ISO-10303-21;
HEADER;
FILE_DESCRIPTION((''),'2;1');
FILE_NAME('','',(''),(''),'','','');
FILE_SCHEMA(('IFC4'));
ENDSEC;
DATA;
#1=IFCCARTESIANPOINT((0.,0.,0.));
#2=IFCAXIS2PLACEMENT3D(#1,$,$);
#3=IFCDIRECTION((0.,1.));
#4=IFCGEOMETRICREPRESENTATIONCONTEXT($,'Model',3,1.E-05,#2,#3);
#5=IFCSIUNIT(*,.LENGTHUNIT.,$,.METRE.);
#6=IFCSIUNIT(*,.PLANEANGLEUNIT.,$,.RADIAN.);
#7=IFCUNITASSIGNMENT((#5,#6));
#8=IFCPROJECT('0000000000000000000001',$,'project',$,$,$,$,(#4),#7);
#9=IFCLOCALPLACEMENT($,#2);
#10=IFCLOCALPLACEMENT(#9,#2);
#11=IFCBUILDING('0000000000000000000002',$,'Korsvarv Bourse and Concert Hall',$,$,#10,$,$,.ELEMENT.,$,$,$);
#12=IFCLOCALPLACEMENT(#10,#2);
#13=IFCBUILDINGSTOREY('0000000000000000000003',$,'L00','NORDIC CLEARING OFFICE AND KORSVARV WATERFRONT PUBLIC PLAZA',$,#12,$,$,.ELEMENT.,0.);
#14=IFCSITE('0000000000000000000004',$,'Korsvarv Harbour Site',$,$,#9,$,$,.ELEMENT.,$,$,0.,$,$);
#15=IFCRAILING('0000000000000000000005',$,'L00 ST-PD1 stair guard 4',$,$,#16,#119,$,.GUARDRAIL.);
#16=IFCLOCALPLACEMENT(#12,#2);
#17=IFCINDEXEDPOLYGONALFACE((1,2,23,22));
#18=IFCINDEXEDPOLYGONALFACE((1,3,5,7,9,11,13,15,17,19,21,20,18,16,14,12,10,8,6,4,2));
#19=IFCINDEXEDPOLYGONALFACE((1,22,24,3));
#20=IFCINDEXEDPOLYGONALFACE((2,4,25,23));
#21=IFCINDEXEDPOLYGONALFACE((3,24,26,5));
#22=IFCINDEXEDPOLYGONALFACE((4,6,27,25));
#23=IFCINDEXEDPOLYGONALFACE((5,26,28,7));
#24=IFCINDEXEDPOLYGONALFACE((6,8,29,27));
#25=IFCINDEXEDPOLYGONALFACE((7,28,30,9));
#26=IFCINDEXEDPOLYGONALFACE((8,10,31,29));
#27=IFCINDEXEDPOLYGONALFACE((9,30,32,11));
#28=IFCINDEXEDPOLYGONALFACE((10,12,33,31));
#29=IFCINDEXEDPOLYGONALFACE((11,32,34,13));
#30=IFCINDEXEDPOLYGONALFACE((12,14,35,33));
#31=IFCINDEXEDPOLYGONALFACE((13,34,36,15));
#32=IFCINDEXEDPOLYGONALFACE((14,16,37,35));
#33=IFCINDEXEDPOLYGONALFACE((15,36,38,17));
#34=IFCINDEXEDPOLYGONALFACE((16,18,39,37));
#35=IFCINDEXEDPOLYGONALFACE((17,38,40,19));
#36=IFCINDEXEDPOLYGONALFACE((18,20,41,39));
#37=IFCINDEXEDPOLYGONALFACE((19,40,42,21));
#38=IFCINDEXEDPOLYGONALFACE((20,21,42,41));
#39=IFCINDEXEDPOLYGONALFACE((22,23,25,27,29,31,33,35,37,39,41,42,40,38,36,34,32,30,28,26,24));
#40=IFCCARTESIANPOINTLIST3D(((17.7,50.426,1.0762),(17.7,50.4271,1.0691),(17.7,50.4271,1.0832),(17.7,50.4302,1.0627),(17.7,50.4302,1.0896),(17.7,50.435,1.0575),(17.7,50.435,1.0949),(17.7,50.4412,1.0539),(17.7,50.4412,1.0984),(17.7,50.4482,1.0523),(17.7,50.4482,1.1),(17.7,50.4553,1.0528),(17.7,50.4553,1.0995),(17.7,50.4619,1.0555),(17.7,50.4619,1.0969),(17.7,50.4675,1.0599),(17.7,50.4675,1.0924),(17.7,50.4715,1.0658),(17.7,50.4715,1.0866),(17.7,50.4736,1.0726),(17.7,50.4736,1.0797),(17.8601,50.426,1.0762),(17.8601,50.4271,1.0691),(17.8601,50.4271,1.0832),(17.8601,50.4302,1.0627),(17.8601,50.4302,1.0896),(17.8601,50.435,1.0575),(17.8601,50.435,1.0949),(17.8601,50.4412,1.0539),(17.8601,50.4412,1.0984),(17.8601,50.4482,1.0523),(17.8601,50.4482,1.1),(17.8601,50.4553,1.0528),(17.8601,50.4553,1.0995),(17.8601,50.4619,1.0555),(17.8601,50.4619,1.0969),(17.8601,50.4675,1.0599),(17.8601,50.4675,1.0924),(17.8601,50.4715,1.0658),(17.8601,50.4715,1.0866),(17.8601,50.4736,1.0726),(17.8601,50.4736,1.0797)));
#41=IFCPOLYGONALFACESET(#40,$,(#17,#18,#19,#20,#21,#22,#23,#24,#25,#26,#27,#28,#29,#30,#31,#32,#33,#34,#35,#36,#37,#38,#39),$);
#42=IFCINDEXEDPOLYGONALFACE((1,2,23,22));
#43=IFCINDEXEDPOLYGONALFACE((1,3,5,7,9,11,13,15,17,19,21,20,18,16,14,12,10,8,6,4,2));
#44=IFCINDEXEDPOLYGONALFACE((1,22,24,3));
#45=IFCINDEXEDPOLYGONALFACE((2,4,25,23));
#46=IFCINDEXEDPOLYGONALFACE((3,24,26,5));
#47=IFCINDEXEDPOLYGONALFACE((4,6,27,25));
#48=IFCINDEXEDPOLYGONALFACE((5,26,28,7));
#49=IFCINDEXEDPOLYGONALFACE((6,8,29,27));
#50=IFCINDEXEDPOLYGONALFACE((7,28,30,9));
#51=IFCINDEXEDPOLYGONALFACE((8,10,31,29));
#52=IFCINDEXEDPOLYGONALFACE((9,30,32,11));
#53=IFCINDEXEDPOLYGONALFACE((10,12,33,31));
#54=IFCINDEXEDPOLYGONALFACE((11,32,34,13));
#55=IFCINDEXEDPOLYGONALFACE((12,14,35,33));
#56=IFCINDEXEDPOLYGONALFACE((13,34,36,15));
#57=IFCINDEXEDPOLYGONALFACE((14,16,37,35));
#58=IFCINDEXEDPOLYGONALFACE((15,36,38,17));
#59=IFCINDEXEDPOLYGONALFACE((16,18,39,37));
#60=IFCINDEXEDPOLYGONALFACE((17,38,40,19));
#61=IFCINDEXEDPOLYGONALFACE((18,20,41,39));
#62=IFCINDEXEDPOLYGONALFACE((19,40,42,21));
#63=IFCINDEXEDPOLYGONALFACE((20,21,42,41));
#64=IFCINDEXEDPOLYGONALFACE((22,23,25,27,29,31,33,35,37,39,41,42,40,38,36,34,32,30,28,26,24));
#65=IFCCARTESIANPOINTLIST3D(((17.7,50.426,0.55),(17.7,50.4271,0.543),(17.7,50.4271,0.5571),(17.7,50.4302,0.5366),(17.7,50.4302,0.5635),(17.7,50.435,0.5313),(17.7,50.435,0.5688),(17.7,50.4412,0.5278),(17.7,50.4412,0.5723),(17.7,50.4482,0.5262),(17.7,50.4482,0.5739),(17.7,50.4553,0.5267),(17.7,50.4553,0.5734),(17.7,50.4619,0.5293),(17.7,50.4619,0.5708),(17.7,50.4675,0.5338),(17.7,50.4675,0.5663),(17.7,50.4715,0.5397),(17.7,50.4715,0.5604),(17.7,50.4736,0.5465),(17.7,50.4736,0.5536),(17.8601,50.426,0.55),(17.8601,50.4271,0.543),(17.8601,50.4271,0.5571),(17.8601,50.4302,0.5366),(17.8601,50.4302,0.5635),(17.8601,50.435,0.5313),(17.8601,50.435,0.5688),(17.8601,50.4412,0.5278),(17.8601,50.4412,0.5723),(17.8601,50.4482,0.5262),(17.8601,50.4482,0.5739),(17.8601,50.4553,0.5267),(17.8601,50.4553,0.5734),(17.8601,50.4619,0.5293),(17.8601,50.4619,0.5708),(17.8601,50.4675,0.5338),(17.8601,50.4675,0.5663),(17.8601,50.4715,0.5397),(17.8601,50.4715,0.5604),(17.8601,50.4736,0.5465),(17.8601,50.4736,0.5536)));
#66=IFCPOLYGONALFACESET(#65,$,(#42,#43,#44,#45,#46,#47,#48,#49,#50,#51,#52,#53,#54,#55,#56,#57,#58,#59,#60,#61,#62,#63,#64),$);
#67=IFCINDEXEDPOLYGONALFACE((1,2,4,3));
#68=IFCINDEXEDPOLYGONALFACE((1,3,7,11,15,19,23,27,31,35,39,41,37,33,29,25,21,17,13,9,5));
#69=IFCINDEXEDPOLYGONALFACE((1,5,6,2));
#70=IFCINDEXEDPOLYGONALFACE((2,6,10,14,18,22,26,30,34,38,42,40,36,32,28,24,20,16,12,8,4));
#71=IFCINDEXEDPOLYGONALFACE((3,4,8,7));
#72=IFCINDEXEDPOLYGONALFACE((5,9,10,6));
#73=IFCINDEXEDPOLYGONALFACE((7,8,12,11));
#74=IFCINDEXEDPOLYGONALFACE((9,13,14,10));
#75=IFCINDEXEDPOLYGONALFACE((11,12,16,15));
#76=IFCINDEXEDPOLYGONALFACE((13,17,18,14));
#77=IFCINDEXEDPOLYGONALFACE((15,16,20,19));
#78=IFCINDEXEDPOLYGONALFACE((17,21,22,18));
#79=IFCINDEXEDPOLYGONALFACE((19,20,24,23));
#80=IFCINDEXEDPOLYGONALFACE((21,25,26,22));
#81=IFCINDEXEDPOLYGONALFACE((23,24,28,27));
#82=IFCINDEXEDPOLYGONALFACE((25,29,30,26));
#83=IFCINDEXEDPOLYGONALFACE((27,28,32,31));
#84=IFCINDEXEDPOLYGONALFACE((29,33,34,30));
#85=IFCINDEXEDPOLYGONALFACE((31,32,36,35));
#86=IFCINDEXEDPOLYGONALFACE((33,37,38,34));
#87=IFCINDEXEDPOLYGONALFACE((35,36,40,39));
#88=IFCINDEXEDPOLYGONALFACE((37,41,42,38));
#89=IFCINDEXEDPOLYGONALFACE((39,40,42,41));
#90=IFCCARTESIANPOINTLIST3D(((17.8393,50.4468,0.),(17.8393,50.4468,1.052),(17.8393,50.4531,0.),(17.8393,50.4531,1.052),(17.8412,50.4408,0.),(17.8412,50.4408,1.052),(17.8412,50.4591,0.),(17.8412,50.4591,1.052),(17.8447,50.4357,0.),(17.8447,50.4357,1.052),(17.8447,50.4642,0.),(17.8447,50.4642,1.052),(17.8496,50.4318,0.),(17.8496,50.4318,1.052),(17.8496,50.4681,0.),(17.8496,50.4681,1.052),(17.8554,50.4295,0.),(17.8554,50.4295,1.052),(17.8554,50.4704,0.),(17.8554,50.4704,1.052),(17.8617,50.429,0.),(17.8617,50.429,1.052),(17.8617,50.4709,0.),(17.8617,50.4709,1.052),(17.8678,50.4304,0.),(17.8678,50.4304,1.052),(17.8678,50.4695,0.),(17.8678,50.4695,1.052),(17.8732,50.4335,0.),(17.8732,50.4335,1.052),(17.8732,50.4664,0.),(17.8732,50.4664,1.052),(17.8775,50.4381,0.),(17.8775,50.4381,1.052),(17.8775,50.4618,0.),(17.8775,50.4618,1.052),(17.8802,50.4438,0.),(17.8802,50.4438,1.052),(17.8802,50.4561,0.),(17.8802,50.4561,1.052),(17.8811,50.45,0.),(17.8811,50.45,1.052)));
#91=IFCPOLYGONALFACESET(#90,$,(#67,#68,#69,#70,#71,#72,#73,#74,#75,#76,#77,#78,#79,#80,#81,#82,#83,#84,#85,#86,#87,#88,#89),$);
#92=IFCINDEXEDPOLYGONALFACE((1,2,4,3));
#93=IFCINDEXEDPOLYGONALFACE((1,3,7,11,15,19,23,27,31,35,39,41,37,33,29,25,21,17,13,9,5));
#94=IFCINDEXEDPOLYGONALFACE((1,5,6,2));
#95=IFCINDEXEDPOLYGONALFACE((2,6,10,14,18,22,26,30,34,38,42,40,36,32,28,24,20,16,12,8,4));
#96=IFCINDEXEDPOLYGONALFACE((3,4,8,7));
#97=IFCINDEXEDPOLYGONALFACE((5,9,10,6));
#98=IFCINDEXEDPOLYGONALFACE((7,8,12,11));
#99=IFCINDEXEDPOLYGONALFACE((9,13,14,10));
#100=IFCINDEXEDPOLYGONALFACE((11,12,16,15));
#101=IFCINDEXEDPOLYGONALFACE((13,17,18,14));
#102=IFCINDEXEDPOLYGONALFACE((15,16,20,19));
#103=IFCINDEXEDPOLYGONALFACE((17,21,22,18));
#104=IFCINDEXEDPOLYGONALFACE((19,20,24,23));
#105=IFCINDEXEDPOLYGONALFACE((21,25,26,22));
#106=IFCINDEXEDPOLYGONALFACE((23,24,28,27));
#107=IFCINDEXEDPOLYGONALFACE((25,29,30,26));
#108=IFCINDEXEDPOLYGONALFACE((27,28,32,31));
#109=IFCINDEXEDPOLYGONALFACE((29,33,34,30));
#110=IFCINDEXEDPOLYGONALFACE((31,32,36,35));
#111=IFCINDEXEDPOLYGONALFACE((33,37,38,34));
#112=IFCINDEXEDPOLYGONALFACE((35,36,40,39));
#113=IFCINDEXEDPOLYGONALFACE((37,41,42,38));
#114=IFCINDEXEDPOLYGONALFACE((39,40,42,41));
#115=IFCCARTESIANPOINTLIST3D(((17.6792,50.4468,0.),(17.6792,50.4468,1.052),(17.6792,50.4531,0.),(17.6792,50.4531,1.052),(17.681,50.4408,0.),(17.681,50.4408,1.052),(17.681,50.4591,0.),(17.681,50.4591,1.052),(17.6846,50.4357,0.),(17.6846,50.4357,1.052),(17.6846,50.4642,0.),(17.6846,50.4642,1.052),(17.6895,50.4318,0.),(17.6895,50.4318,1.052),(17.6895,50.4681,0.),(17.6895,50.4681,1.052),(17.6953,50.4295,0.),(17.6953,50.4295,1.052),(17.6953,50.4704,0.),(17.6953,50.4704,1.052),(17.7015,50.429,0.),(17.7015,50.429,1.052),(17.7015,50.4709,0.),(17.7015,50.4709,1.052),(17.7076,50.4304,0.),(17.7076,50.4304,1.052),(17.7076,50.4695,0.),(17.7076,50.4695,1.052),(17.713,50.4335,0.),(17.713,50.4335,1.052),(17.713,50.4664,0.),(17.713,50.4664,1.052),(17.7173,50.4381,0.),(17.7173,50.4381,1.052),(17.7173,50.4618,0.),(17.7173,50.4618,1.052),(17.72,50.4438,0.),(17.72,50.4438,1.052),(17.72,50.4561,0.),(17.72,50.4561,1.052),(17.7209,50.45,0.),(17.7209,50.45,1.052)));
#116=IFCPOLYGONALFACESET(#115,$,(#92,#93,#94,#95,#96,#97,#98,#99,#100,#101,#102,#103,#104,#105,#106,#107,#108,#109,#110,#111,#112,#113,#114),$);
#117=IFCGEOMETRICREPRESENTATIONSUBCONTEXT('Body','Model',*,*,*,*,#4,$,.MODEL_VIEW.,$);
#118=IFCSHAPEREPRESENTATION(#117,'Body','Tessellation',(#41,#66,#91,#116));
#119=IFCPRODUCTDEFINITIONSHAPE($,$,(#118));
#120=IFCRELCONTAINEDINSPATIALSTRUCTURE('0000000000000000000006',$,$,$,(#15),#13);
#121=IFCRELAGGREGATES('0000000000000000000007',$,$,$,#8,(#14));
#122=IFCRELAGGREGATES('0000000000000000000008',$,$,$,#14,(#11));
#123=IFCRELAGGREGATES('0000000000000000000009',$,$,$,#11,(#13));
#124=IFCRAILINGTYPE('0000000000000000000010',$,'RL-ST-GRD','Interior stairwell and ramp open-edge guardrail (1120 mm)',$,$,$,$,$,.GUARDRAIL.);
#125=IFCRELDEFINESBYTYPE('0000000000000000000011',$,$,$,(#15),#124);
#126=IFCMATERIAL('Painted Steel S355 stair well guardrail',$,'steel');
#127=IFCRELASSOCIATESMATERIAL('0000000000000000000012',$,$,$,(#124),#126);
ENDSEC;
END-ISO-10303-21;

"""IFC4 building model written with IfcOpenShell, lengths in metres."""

from ifc_helpers import new_model, si_unit, direction, frame, origin, origin_2d, place, context, subcontext, project, spatial, circle, extrude, material, type_object, element, save


model = new_model("IFC4")

# Units and contexts
model_context = context("Model", 3, precision=1e-05, world=origin(), true_north=direction((0.0, 1.0)))
body_context = subcontext(model_context, "Body", "Model", "MODEL_VIEW")
ifc_project = project(units=[si_unit("LENGTHUNIT", "METRE"), si_unit("PLANEANGLEUNIT", "RADIAN")], contexts=[model_context])

# Site, building, storey
site_placement = place(None, origin())
site = spatial("IfcSite", under=ifc_project, at=site_placement, Name="Korsvarv Harbour Site", CompositionType="ELEMENT", RefElevation=0.0)
building_placement = place(site_placement, origin())
building = spatial("IfcBuilding", under=site, at=building_placement, Name="Korsvarv Bourse and Concert Hall", CompositionType="ELEMENT")
storey_placement = place(building_placement, origin())
storey = spatial("IfcBuildingStorey", under=building, at=storey_placement, Name="L00", Description="NORDIC CLEARING OFFICE AND KORSVARV WATERFRONT PUBLIC PLAZA", CompositionType="ELEMENT", Elevation=0.0)

# Railing
ifc_material_1 = material(Name="Painted Steel S355 stair well guardrail", Category="steel")
railing_type_1 = type_object("IfcRailingType", Name="RL-ST-GRD", Description="Interior stairwell and ramp open-edge guardrail (1120 mm)", PredefinedType="GUARDRAIL", material=ifc_material_1)
railing_1_placement = place(storey_placement, frame((17.8601, 50.45, 0.0)))
element("IfcRailing", 1, at=railing_1_placement, inside=storey, type_object=railing_type_1, Name="L00 ST-PD1 stair guard 4", PredefinedType="GUARDRAIL", context=body_context, shape_type="SweptSolid", body=[
    extrude(circle(Radius=0.0239, at=origin_2d()), frame((0.0, 0.0, 1.0762), z_axis=(-1.0, 0.0, 0.0), x_axis=(0.0, -1.0, 0.0)), (0.0, 0.0, 1.0), 0.1602),
    extrude(circle(Radius=0.0239, at=origin_2d()), frame((0.0, 0.0, 0.55), z_axis=(-1.0, 0.0, 0.0), x_axis=(0.0, -1.0, 0.0)), (0.0, 0.0, 1.0), 0.1602),
    extrude(circle(Radius=0.021, at=origin_2d()), origin(), (0.0, 0.0, 1.0), 1.052),
    extrude(circle(Radius=0.021, at=origin_2d()), frame((-0.1602, 0.0, 0.0)), (0.0, 0.0, 1.0), 1.052),
])

save(model, "model.ifc")
